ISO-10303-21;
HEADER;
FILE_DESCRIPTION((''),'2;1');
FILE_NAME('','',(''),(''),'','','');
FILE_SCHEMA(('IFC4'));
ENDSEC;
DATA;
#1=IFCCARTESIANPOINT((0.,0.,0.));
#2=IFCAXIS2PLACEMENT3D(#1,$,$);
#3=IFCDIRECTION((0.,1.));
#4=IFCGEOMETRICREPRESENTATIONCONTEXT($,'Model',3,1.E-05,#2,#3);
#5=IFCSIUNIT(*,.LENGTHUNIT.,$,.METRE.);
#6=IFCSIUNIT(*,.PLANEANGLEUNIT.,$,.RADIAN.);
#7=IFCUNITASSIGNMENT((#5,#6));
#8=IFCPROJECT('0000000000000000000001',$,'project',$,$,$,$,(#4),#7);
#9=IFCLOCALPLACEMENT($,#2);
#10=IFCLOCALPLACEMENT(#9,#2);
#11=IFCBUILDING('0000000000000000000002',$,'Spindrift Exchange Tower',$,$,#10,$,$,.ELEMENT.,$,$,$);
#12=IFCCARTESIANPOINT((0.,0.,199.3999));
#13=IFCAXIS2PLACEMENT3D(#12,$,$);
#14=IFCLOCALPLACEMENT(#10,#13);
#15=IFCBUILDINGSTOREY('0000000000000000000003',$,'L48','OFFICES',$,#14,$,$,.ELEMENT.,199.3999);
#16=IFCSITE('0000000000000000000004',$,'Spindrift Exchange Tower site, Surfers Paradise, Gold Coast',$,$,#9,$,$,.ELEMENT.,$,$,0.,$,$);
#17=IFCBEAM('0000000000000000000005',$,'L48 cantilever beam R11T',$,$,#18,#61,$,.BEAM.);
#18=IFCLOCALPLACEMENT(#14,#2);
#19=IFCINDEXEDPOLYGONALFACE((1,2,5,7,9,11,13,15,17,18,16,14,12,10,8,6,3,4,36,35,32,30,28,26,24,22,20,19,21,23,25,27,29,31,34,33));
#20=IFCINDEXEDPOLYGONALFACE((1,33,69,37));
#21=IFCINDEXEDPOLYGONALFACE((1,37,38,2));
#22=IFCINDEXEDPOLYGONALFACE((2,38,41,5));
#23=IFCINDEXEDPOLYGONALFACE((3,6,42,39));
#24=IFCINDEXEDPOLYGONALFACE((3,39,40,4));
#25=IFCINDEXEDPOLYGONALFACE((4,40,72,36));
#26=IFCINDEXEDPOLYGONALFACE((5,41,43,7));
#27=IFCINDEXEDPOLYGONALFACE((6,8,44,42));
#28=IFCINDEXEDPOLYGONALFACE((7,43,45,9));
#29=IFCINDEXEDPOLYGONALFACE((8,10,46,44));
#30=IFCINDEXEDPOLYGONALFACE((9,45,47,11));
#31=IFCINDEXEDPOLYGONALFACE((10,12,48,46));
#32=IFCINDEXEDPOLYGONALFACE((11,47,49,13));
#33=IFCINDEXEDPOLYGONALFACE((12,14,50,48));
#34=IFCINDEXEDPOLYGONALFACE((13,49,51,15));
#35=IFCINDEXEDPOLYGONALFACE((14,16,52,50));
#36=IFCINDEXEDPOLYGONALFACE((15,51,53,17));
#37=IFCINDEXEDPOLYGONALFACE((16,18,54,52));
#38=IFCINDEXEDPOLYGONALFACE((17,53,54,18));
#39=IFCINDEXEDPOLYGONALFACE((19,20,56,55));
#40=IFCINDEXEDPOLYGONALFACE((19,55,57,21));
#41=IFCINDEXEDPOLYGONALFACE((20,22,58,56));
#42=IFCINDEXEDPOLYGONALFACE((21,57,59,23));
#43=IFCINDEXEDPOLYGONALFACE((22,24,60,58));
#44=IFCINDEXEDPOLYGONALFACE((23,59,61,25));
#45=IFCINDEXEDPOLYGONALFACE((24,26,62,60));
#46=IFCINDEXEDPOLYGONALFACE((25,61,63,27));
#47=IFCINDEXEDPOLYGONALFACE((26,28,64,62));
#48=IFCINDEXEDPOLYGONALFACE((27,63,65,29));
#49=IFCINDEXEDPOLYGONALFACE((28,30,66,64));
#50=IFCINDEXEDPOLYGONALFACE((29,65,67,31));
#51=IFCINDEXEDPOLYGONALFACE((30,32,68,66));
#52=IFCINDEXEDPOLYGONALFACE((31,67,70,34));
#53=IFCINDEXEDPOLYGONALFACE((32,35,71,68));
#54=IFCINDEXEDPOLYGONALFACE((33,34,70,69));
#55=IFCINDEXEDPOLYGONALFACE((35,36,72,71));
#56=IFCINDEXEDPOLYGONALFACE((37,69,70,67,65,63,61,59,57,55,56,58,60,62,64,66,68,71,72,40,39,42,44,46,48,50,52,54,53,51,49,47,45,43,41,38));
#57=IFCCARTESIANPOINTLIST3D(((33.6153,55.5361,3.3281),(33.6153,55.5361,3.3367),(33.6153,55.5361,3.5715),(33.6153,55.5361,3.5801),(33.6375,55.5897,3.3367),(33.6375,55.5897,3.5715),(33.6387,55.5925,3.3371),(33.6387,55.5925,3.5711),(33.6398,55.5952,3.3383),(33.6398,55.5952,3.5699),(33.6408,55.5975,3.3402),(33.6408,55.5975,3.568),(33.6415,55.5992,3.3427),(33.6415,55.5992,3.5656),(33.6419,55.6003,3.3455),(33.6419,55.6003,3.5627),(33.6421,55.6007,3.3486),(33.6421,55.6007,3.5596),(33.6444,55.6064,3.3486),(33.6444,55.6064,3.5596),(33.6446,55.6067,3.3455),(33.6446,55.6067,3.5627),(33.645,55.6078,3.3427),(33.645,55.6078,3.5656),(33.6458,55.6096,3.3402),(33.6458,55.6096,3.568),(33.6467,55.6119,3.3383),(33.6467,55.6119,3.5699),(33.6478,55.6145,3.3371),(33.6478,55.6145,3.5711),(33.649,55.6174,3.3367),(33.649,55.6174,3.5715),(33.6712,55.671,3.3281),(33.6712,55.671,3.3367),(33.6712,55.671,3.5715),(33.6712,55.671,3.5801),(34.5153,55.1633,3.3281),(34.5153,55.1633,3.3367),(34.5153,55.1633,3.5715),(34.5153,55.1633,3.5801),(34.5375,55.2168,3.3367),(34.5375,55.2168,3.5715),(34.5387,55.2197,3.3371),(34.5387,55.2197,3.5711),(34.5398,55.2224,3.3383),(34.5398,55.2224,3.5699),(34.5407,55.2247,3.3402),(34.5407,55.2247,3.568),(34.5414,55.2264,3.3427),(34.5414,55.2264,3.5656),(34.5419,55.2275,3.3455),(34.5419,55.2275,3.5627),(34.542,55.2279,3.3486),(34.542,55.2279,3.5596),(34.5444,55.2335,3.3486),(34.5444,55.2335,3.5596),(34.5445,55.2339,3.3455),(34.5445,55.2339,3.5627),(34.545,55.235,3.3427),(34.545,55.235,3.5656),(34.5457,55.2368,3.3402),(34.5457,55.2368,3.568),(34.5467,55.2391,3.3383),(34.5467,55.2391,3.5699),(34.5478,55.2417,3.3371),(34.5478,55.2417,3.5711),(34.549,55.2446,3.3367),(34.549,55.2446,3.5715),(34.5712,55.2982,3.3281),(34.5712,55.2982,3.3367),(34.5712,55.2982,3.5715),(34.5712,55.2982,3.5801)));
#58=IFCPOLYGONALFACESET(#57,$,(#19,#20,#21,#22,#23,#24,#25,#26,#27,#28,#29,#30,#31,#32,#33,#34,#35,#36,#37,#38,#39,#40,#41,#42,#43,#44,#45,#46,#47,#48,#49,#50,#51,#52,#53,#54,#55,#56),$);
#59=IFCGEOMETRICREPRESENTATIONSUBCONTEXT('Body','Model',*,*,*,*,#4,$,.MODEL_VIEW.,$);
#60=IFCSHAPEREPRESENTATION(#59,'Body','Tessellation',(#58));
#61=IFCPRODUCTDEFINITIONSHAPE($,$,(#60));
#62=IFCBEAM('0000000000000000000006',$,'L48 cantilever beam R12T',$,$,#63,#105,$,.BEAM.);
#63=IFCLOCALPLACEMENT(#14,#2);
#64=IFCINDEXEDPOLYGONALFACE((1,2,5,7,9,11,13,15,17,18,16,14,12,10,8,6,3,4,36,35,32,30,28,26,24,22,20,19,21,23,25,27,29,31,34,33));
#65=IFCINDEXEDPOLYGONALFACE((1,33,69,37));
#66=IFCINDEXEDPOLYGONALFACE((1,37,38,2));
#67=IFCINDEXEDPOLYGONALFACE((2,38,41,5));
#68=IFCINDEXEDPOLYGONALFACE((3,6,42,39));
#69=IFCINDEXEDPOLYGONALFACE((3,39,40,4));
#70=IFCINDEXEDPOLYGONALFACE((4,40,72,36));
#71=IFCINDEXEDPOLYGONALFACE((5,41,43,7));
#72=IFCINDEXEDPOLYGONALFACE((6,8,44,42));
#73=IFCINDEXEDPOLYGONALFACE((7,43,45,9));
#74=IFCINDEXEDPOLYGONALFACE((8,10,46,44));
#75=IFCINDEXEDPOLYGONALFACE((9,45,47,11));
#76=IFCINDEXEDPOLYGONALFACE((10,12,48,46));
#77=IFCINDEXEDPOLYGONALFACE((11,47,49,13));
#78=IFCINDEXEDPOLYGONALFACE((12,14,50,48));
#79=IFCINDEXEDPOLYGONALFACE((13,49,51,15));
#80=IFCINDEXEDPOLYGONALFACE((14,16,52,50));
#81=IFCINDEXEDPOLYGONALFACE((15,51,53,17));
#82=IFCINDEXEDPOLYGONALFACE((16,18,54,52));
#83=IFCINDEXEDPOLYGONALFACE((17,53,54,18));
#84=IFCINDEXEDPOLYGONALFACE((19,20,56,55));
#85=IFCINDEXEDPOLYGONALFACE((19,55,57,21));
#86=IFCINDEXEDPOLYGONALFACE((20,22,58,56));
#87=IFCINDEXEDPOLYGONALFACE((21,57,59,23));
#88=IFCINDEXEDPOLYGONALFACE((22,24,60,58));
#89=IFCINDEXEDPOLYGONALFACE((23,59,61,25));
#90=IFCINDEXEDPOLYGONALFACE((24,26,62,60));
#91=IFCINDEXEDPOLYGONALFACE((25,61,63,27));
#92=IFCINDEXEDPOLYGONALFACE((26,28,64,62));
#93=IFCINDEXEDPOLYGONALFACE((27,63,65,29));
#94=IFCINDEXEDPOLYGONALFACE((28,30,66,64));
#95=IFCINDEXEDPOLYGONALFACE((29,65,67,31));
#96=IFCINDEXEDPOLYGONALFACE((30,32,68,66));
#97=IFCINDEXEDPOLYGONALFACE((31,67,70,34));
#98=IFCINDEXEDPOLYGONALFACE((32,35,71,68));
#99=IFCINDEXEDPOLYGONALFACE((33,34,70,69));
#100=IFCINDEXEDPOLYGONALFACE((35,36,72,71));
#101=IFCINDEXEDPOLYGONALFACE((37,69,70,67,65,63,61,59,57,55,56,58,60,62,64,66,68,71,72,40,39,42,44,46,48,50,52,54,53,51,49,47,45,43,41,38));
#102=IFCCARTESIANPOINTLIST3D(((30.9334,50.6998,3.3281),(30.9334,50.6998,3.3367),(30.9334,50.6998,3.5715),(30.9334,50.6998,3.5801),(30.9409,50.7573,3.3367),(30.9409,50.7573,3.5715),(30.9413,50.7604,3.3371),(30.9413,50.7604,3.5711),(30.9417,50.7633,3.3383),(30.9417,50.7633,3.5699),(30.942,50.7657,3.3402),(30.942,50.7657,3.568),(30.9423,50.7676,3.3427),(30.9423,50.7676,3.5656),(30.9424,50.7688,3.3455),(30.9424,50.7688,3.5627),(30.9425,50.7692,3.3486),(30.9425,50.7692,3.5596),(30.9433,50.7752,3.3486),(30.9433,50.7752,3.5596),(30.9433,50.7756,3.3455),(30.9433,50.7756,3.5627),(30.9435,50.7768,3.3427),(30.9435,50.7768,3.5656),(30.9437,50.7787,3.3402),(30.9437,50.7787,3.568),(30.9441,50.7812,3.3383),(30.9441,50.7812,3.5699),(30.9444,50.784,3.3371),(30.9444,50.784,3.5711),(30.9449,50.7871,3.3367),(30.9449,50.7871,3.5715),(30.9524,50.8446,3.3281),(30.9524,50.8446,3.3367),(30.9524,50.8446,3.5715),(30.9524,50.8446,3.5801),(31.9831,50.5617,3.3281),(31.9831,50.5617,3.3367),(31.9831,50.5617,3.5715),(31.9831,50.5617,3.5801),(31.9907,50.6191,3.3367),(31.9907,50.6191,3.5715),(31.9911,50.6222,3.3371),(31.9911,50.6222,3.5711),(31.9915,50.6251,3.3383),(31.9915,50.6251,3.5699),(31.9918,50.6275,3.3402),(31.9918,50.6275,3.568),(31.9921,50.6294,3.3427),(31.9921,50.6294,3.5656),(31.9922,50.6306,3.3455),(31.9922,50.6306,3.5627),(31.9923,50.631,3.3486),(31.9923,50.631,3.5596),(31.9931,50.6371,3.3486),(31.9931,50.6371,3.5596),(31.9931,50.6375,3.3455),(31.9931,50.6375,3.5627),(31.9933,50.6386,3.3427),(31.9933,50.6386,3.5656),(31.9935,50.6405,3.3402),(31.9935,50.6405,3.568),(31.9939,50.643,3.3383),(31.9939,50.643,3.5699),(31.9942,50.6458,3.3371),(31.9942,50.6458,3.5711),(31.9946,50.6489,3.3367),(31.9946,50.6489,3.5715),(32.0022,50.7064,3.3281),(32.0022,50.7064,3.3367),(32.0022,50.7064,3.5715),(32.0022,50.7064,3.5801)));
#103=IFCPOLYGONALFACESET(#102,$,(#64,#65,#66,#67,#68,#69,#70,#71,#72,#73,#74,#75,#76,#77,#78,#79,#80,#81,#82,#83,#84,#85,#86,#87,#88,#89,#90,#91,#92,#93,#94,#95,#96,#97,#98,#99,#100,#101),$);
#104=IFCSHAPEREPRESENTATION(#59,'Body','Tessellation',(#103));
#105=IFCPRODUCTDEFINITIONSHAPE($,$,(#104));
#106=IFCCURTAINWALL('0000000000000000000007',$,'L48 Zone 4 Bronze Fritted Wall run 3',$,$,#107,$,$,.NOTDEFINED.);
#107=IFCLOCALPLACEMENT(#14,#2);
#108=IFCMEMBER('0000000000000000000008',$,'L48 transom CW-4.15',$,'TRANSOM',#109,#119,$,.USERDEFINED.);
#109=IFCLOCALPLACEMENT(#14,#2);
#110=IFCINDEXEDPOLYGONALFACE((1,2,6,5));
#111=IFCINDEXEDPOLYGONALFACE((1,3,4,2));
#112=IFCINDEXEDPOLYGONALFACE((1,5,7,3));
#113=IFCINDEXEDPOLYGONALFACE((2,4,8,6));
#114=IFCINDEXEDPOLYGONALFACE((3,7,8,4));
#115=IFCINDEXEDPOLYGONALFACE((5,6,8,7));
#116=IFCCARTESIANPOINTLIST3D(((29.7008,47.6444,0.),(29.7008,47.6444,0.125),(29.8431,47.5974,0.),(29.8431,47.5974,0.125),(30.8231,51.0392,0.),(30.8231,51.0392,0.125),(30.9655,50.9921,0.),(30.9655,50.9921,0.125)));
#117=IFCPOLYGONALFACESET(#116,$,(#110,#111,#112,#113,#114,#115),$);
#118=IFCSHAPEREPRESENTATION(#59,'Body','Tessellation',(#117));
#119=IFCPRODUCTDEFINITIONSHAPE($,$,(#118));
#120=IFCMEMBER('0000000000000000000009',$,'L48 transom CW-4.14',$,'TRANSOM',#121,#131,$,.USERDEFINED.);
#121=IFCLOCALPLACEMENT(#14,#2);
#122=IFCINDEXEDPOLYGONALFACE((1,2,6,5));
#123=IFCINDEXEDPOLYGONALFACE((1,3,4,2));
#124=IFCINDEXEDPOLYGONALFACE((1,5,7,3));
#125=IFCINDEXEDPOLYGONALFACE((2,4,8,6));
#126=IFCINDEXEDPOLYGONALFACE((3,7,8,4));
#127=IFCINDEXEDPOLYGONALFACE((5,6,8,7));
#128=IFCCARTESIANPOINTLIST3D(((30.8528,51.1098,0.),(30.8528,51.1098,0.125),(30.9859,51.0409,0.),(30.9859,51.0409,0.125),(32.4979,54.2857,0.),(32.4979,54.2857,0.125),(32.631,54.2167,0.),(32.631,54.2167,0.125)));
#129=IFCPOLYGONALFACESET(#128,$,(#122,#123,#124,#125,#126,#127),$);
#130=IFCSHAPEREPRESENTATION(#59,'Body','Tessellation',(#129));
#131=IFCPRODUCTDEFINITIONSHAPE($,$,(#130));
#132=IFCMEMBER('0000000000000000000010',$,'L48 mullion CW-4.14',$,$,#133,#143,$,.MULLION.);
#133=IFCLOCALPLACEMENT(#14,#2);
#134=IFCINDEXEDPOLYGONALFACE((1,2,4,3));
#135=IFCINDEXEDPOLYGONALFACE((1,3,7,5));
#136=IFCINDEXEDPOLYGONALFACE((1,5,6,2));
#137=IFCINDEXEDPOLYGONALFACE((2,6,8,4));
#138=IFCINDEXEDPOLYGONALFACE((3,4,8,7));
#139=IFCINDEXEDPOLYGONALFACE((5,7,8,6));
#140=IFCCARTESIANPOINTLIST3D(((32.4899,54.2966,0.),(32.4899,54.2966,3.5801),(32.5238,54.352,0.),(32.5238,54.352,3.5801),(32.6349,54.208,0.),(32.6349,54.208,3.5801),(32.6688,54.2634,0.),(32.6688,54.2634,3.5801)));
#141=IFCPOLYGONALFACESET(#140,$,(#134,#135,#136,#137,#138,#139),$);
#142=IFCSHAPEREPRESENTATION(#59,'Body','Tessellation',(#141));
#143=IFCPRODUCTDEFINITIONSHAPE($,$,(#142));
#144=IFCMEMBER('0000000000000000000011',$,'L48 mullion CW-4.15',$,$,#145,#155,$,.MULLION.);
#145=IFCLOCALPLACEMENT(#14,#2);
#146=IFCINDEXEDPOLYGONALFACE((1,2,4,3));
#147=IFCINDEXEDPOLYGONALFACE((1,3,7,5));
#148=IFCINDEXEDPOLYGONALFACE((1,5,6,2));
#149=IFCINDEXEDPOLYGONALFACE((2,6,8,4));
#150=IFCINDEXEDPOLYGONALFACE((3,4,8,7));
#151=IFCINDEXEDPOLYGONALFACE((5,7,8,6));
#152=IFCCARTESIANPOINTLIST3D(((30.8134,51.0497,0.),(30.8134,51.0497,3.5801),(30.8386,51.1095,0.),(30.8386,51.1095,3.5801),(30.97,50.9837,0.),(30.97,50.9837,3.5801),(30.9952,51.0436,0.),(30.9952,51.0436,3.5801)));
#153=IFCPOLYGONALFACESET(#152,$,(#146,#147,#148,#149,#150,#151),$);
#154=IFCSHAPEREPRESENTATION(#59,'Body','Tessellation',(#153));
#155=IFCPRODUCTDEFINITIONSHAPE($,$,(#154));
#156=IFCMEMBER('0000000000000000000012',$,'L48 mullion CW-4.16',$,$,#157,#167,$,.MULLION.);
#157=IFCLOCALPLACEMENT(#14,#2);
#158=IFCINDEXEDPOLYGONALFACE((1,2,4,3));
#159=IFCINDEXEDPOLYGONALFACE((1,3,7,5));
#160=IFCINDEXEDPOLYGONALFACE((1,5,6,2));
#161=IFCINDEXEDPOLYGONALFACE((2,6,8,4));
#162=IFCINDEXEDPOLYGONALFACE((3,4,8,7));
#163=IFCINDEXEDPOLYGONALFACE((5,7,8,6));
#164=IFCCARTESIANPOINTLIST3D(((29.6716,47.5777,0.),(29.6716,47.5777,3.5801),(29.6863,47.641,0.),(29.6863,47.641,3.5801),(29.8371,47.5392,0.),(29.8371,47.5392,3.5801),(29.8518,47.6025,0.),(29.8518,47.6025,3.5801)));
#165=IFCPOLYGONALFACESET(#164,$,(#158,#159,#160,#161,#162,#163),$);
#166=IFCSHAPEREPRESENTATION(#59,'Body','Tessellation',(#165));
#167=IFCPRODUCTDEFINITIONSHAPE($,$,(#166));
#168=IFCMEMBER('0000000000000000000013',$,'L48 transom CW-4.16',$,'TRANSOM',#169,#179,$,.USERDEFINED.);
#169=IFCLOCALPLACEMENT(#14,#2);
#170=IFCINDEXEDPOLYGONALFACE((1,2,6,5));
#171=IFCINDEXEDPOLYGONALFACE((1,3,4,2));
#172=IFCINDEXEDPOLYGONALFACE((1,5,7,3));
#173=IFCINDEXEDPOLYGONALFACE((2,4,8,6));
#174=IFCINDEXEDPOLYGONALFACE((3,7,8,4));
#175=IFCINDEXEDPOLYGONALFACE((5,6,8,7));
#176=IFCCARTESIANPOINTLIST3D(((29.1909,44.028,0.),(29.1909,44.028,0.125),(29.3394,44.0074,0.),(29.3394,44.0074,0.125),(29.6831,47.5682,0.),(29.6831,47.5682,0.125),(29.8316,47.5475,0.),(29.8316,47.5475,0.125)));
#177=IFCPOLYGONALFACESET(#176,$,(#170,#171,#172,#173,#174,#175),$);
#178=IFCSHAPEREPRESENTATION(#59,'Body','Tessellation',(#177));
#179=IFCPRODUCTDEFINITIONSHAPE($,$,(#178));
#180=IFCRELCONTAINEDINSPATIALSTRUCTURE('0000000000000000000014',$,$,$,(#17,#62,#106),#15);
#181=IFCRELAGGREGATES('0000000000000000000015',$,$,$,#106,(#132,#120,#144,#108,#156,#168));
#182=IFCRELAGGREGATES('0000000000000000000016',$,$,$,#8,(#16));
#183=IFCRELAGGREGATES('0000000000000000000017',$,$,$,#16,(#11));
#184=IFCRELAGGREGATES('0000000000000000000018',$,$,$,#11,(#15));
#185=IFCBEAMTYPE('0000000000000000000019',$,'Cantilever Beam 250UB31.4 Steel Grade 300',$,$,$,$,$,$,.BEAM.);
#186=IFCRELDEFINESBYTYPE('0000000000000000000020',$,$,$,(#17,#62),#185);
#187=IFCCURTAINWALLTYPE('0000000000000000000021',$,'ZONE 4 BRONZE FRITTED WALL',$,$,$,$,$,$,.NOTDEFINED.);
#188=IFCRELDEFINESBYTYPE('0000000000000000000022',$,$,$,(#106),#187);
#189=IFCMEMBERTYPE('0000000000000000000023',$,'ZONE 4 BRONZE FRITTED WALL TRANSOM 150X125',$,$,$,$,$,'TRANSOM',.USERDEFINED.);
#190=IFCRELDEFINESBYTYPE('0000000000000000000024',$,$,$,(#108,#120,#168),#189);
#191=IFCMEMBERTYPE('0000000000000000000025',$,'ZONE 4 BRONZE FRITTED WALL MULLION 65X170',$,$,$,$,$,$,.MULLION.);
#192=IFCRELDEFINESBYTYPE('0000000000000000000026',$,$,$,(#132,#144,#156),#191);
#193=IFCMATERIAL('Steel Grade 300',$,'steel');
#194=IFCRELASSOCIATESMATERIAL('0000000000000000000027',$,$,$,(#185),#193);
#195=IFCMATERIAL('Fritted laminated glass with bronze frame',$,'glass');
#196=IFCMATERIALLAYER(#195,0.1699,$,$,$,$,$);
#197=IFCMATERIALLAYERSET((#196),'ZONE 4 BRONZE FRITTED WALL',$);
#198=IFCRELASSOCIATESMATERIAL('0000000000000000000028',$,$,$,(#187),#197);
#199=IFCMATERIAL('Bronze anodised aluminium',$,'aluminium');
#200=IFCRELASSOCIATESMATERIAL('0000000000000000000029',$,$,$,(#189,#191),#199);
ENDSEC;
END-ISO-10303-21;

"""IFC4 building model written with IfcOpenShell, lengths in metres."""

from ifc_helpers import new_model, si_unit, direction, frame, origin, origin_2d, place, context, subcontext, project, spatial, rectangle, i_section, extrude, source, transform, mapped, material, layer, layer_set, material_profile, profile_set, type_object, element, aggregate, save


model = new_model("IFC4")

# Units and contexts
model_context = context("Model", 3, precision=1e-05, world=origin(), true_north=direction((0.0, 1.0)))
body_context = subcontext(model_context, "Body", "Model", "MODEL_VIEW")
ifc_project = project(units=[si_unit("LENGTHUNIT", "METRE"), si_unit("PLANEANGLEUNIT", "RADIAN")], contexts=[model_context])

# Site, building, storey
site_placement = place(None, origin())
site = spatial("IfcSite", under=ifc_project, at=site_placement, Name="Spindrift Exchange Tower site, Surfers Paradise, Gold Coast", CompositionType="ELEMENT", RefElevation=0.0)
building_placement = place(site_placement, origin())
building = spatial("IfcBuilding", under=site, at=building_placement, Name="Spindrift Exchange Tower", CompositionType="ELEMENT")
storey_placement = place(building_placement, frame((0.0, 0.0, 199.3999)))
storey = spatial("IfcBuildingStorey", under=building, at=storey_placement, Name="L48", Description="OFFICES", CompositionType="ELEMENT", Elevation=199.3999)

# Beams
ifc_material_1 = material(Name="Steel Grade 300", Category="steel")
ifc_material_profile_1 = material_profile(ifc_material_1, i_section(OverallWidth=0.146, OverallDepth=0.252, WebThickness=0.0061, FlangeThickness=0.0085, FilletRadius=0.012, at=origin_2d()), Name="250UB31.4")
ifc_profile_set_1 = profile_set([ifc_material_profile_1], Name="Steel Grade 300")
beam_type_1 = type_object("IfcBeamType", Name="Cantilever Beam 250UB31.4 Steel Grade 300", PredefinedType="BEAM", material=ifc_profile_set_1)
shared_shape_1 = source(origin(), body_context, "Body", "SweptSolid", [
    extrude(i_section(OverallWidth=0.146, OverallDepth=0.252, WebThickness=0.0061, FlangeThickness=0.0085, FilletRadius=0.012, at=origin_2d()), origin(), (0.0, 0.0, 1.0), 0.9741),
])
beam_1_placement = place(storey_placement, frame((34.5432, 55.2307, 3.4541), z_axis=(-0.923861, 0.382728, 0.0), x_axis=(-0.382728, -0.923861, 0.0)))
element("IfcBeam", 1, at=beam_1_placement, inside=storey, type_object=beam_type_1, Name="L48 cantilever beam R11T", PredefinedType="BEAM", context=body_context, shape_type="MappedRepresentation", body=[
    mapped(shared_shape_1, transform((0.0, 0.0, 0.0), scale=1.0)),
])
shared_shape_2 = source(origin(), body_context, "Body", "SweptSolid", [
    extrude(i_section(OverallWidth=0.146, OverallDepth=0.252, WebThickness=0.0061, FlangeThickness=0.0085, FilletRadius=0.012, at=origin_2d()), origin(), (0.0, 0.0, 1.0), 1.0588),
])
beam_2_placement = place(storey_placement, frame((31.9927, 50.634, 3.4541), z_axis=(-0.991448, 0.130502, 0.0), x_axis=(-0.130502, -0.991448, 0.0)))
element("IfcBeam", 2, at=beam_2_placement, inside=storey, type_object=beam_type_1, Name="L48 cantilever beam R12T", PredefinedType="BEAM", context=body_context, shape_type="MappedRepresentation", body=[
    mapped(shared_shape_2, transform((0.0, 0.0, 0.0), scale=1.0)),
])

# Curtain wall, members
ifc_material_2 = material(Name="Fritted laminated glass with bronze frame", Category="glass")
ifc_layer_1 = layer(ifc_material_2, 0.1699)
ifc_layer_set_1 = layer_set([ifc_layer_1], Name="ZONE 4 BRONZE FRITTED WALL")
curtain_wall_type = type_object("IfcCurtainWallType", Name="ZONE 4 BRONZE FRITTED WALL", PredefinedType="NOTDEFINED", material=ifc_layer_set_1)
curtain_wall_placement = place(storey_placement, origin())
curtain_wall = element("IfcCurtainWall", 3, at=curtain_wall_placement, inside=storey, type_object=curtain_wall_type, Name="L48 Zone 4 Bronze Fritted Wall run 3", PredefinedType="NOTDEFINED")
ifc_material_3 = material(Name="Bronze anodised aluminium", Category="aluminium")
ifc_material_profile_2 = material_profile(ifc_material_3, rectangle(XDim=0.1499, YDim=0.125, at=origin_2d()), Name="ZONE 4 BRONZE FRITTED WALL TRANSOM 150X125")
ifc_profile_set_2 = profile_set([ifc_material_profile_2], Name="Bronze anodised aluminium")
member_type_1 = type_object("IfcMemberType", Name="ZONE 4 BRONZE FRITTED WALL TRANSOM 150X125", ElementType="TRANSOM", PredefinedType="USERDEFINED", material=ifc_profile_set_2)
shared_shape_3 = source(origin(), body_context, "Body", "SweptSolid", [
    extrude(rectangle(XDim=0.1499, YDim=0.125, at=origin_2d()), origin(), (0.0, 0.0, 1.0), 3.5754),
])
member_1_placement = place(storey_placement, frame((30.8943, 51.0156, 0.0625), z_axis=(-0.313892, -0.949459, 0.0), x_axis=(0.949459, -0.313892, 0.0)))
member_1 = element("IfcMember", 4, at=member_1_placement, type_object=member_type_1, Name="L48 transom CW-4.15", ObjectType="TRANSOM", PredefinedType="USERDEFINED", context=body_context, shape_type="MappedRepresentation", body=[
    mapped(shared_shape_3, transform((0.0, 0.0, 0.0), scale=1.0)),
])
shared_shape_4 = source(origin(), body_context, "Body", "SweptSolid", [
    extrude(rectangle(XDim=0.1499, YDim=0.125, at=origin_2d()), origin(), (0.0, 0.0, 1.0), 3.5767),
])
member_2_placement = place(storey_placement, frame((32.5645, 54.2512, 0.0625), z_axis=(-0.459947, -0.887947, 0.0), x_axis=(0.887947, -0.459947, 0.0)))
member_2 = element("IfcMember", 5, at=member_2_placement, type_object=member_type_1, Name="L48 transom CW-4.14", ObjectType="TRANSOM", PredefinedType="USERDEFINED", context=body_context, shape_type="MappedRepresentation", body=[
    mapped(shared_shape_4, transform((0.0, 0.0, 0.0), scale=1.0)),
])
ifc_material_profile_3 = material_profile(ifc_material_3, rectangle(XDim=0.0649, YDim=0.1699, at=origin_2d()), Name="ZONE 4 BRONZE FRITTED WALL MULLION 65X170")
ifc_profile_set_3 = profile_set([ifc_material_profile_3], Name="Bronze anodised aluminium")
member_type_2 = type_object("IfcMemberType", Name="ZONE 4 BRONZE FRITTED WALL MULLION 65X170", PredefinedType="MULLION", material=ifc_profile_set_3)
shared_shape_5 = source(origin(), body_context, "Body", "SweptSolid", [
    extrude(rectangle(XDim=0.0649, YDim=0.1699, at=origin_2d()), origin(), (0.0, 0.0, 1.0), 3.5801),
])
member_3_placement = place(storey_placement, frame((32.5793, 54.28, 0.0), z_axis=(0.0, 0.0, 1.0), x_axis=(-0.521548, -0.853222, 0.0)))
member_3 = element("IfcMember", 6, at=member_3_placement, type_object=member_type_2, Name="L48 mullion CW-4.14", PredefinedType="MULLION", context=body_context, shape_type="MappedRepresentation", body=[
    mapped(shared_shape_5, transform((0.0, 0.0, 0.0), scale=1.0)),
])
member_4_placement = place(storey_placement, frame((30.9043, 51.0466, 0.0), z_axis=(0.0, 0.0, 1.0), x_axis=(-0.388131, -0.921604, 0.0)))
member_4 = element("IfcMember", 7, at=member_4_placement, type_object=member_type_2, Name="L48 mullion CW-4.15", PredefinedType="MULLION", context=body_context, shape_type="MappedRepresentation", body=[
    mapped(shared_shape_5, transform((0.0, 0.0, 0.0), scale=1.0)),
])
member_5_placement = place(storey_placement, frame((29.7617, 47.5901, 0.0), z_axis=(0.0, 0.0, 1.0), x_axis=(-0.226717, -0.973961, 0.0)))
member_5 = element("IfcMember", 8, at=member_5_placement, type_object=member_type_2, Name="L48 mullion CW-4.16", PredefinedType="MULLION", context=body_context, shape_type="MappedRepresentation", body=[
    mapped(shared_shape_5, transform((0.0, 0.0, 0.0), scale=1.0)),
])
shared_shape_6 = source(origin(), body_context, "Body", "SweptSolid", [
    extrude(rectangle(XDim=0.1499, YDim=0.125, at=origin_2d()), origin(), (0.0, 0.0, 1.0), 3.5742),
])
member_6_placement = place(storey_placement, frame((29.7573, 47.5579, 0.0625), z_axis=(-0.137701, -0.990474, 0.0), x_axis=(0.990474, -0.137701, 0.0)))
member_6 = element("IfcMember", 9, at=member_6_placement, type_object=member_type_1, Name="L48 transom CW-4.16", ObjectType="TRANSOM", PredefinedType="USERDEFINED", context=body_context, shape_type="MappedRepresentation", body=[
    mapped(shared_shape_6, transform((0.0, 0.0, 0.0), scale=1.0)),
])
aggregate(curtain_wall, [member_3, member_2, member_4, member_1, member_5, member_6])

save(model, "model.ifc")
